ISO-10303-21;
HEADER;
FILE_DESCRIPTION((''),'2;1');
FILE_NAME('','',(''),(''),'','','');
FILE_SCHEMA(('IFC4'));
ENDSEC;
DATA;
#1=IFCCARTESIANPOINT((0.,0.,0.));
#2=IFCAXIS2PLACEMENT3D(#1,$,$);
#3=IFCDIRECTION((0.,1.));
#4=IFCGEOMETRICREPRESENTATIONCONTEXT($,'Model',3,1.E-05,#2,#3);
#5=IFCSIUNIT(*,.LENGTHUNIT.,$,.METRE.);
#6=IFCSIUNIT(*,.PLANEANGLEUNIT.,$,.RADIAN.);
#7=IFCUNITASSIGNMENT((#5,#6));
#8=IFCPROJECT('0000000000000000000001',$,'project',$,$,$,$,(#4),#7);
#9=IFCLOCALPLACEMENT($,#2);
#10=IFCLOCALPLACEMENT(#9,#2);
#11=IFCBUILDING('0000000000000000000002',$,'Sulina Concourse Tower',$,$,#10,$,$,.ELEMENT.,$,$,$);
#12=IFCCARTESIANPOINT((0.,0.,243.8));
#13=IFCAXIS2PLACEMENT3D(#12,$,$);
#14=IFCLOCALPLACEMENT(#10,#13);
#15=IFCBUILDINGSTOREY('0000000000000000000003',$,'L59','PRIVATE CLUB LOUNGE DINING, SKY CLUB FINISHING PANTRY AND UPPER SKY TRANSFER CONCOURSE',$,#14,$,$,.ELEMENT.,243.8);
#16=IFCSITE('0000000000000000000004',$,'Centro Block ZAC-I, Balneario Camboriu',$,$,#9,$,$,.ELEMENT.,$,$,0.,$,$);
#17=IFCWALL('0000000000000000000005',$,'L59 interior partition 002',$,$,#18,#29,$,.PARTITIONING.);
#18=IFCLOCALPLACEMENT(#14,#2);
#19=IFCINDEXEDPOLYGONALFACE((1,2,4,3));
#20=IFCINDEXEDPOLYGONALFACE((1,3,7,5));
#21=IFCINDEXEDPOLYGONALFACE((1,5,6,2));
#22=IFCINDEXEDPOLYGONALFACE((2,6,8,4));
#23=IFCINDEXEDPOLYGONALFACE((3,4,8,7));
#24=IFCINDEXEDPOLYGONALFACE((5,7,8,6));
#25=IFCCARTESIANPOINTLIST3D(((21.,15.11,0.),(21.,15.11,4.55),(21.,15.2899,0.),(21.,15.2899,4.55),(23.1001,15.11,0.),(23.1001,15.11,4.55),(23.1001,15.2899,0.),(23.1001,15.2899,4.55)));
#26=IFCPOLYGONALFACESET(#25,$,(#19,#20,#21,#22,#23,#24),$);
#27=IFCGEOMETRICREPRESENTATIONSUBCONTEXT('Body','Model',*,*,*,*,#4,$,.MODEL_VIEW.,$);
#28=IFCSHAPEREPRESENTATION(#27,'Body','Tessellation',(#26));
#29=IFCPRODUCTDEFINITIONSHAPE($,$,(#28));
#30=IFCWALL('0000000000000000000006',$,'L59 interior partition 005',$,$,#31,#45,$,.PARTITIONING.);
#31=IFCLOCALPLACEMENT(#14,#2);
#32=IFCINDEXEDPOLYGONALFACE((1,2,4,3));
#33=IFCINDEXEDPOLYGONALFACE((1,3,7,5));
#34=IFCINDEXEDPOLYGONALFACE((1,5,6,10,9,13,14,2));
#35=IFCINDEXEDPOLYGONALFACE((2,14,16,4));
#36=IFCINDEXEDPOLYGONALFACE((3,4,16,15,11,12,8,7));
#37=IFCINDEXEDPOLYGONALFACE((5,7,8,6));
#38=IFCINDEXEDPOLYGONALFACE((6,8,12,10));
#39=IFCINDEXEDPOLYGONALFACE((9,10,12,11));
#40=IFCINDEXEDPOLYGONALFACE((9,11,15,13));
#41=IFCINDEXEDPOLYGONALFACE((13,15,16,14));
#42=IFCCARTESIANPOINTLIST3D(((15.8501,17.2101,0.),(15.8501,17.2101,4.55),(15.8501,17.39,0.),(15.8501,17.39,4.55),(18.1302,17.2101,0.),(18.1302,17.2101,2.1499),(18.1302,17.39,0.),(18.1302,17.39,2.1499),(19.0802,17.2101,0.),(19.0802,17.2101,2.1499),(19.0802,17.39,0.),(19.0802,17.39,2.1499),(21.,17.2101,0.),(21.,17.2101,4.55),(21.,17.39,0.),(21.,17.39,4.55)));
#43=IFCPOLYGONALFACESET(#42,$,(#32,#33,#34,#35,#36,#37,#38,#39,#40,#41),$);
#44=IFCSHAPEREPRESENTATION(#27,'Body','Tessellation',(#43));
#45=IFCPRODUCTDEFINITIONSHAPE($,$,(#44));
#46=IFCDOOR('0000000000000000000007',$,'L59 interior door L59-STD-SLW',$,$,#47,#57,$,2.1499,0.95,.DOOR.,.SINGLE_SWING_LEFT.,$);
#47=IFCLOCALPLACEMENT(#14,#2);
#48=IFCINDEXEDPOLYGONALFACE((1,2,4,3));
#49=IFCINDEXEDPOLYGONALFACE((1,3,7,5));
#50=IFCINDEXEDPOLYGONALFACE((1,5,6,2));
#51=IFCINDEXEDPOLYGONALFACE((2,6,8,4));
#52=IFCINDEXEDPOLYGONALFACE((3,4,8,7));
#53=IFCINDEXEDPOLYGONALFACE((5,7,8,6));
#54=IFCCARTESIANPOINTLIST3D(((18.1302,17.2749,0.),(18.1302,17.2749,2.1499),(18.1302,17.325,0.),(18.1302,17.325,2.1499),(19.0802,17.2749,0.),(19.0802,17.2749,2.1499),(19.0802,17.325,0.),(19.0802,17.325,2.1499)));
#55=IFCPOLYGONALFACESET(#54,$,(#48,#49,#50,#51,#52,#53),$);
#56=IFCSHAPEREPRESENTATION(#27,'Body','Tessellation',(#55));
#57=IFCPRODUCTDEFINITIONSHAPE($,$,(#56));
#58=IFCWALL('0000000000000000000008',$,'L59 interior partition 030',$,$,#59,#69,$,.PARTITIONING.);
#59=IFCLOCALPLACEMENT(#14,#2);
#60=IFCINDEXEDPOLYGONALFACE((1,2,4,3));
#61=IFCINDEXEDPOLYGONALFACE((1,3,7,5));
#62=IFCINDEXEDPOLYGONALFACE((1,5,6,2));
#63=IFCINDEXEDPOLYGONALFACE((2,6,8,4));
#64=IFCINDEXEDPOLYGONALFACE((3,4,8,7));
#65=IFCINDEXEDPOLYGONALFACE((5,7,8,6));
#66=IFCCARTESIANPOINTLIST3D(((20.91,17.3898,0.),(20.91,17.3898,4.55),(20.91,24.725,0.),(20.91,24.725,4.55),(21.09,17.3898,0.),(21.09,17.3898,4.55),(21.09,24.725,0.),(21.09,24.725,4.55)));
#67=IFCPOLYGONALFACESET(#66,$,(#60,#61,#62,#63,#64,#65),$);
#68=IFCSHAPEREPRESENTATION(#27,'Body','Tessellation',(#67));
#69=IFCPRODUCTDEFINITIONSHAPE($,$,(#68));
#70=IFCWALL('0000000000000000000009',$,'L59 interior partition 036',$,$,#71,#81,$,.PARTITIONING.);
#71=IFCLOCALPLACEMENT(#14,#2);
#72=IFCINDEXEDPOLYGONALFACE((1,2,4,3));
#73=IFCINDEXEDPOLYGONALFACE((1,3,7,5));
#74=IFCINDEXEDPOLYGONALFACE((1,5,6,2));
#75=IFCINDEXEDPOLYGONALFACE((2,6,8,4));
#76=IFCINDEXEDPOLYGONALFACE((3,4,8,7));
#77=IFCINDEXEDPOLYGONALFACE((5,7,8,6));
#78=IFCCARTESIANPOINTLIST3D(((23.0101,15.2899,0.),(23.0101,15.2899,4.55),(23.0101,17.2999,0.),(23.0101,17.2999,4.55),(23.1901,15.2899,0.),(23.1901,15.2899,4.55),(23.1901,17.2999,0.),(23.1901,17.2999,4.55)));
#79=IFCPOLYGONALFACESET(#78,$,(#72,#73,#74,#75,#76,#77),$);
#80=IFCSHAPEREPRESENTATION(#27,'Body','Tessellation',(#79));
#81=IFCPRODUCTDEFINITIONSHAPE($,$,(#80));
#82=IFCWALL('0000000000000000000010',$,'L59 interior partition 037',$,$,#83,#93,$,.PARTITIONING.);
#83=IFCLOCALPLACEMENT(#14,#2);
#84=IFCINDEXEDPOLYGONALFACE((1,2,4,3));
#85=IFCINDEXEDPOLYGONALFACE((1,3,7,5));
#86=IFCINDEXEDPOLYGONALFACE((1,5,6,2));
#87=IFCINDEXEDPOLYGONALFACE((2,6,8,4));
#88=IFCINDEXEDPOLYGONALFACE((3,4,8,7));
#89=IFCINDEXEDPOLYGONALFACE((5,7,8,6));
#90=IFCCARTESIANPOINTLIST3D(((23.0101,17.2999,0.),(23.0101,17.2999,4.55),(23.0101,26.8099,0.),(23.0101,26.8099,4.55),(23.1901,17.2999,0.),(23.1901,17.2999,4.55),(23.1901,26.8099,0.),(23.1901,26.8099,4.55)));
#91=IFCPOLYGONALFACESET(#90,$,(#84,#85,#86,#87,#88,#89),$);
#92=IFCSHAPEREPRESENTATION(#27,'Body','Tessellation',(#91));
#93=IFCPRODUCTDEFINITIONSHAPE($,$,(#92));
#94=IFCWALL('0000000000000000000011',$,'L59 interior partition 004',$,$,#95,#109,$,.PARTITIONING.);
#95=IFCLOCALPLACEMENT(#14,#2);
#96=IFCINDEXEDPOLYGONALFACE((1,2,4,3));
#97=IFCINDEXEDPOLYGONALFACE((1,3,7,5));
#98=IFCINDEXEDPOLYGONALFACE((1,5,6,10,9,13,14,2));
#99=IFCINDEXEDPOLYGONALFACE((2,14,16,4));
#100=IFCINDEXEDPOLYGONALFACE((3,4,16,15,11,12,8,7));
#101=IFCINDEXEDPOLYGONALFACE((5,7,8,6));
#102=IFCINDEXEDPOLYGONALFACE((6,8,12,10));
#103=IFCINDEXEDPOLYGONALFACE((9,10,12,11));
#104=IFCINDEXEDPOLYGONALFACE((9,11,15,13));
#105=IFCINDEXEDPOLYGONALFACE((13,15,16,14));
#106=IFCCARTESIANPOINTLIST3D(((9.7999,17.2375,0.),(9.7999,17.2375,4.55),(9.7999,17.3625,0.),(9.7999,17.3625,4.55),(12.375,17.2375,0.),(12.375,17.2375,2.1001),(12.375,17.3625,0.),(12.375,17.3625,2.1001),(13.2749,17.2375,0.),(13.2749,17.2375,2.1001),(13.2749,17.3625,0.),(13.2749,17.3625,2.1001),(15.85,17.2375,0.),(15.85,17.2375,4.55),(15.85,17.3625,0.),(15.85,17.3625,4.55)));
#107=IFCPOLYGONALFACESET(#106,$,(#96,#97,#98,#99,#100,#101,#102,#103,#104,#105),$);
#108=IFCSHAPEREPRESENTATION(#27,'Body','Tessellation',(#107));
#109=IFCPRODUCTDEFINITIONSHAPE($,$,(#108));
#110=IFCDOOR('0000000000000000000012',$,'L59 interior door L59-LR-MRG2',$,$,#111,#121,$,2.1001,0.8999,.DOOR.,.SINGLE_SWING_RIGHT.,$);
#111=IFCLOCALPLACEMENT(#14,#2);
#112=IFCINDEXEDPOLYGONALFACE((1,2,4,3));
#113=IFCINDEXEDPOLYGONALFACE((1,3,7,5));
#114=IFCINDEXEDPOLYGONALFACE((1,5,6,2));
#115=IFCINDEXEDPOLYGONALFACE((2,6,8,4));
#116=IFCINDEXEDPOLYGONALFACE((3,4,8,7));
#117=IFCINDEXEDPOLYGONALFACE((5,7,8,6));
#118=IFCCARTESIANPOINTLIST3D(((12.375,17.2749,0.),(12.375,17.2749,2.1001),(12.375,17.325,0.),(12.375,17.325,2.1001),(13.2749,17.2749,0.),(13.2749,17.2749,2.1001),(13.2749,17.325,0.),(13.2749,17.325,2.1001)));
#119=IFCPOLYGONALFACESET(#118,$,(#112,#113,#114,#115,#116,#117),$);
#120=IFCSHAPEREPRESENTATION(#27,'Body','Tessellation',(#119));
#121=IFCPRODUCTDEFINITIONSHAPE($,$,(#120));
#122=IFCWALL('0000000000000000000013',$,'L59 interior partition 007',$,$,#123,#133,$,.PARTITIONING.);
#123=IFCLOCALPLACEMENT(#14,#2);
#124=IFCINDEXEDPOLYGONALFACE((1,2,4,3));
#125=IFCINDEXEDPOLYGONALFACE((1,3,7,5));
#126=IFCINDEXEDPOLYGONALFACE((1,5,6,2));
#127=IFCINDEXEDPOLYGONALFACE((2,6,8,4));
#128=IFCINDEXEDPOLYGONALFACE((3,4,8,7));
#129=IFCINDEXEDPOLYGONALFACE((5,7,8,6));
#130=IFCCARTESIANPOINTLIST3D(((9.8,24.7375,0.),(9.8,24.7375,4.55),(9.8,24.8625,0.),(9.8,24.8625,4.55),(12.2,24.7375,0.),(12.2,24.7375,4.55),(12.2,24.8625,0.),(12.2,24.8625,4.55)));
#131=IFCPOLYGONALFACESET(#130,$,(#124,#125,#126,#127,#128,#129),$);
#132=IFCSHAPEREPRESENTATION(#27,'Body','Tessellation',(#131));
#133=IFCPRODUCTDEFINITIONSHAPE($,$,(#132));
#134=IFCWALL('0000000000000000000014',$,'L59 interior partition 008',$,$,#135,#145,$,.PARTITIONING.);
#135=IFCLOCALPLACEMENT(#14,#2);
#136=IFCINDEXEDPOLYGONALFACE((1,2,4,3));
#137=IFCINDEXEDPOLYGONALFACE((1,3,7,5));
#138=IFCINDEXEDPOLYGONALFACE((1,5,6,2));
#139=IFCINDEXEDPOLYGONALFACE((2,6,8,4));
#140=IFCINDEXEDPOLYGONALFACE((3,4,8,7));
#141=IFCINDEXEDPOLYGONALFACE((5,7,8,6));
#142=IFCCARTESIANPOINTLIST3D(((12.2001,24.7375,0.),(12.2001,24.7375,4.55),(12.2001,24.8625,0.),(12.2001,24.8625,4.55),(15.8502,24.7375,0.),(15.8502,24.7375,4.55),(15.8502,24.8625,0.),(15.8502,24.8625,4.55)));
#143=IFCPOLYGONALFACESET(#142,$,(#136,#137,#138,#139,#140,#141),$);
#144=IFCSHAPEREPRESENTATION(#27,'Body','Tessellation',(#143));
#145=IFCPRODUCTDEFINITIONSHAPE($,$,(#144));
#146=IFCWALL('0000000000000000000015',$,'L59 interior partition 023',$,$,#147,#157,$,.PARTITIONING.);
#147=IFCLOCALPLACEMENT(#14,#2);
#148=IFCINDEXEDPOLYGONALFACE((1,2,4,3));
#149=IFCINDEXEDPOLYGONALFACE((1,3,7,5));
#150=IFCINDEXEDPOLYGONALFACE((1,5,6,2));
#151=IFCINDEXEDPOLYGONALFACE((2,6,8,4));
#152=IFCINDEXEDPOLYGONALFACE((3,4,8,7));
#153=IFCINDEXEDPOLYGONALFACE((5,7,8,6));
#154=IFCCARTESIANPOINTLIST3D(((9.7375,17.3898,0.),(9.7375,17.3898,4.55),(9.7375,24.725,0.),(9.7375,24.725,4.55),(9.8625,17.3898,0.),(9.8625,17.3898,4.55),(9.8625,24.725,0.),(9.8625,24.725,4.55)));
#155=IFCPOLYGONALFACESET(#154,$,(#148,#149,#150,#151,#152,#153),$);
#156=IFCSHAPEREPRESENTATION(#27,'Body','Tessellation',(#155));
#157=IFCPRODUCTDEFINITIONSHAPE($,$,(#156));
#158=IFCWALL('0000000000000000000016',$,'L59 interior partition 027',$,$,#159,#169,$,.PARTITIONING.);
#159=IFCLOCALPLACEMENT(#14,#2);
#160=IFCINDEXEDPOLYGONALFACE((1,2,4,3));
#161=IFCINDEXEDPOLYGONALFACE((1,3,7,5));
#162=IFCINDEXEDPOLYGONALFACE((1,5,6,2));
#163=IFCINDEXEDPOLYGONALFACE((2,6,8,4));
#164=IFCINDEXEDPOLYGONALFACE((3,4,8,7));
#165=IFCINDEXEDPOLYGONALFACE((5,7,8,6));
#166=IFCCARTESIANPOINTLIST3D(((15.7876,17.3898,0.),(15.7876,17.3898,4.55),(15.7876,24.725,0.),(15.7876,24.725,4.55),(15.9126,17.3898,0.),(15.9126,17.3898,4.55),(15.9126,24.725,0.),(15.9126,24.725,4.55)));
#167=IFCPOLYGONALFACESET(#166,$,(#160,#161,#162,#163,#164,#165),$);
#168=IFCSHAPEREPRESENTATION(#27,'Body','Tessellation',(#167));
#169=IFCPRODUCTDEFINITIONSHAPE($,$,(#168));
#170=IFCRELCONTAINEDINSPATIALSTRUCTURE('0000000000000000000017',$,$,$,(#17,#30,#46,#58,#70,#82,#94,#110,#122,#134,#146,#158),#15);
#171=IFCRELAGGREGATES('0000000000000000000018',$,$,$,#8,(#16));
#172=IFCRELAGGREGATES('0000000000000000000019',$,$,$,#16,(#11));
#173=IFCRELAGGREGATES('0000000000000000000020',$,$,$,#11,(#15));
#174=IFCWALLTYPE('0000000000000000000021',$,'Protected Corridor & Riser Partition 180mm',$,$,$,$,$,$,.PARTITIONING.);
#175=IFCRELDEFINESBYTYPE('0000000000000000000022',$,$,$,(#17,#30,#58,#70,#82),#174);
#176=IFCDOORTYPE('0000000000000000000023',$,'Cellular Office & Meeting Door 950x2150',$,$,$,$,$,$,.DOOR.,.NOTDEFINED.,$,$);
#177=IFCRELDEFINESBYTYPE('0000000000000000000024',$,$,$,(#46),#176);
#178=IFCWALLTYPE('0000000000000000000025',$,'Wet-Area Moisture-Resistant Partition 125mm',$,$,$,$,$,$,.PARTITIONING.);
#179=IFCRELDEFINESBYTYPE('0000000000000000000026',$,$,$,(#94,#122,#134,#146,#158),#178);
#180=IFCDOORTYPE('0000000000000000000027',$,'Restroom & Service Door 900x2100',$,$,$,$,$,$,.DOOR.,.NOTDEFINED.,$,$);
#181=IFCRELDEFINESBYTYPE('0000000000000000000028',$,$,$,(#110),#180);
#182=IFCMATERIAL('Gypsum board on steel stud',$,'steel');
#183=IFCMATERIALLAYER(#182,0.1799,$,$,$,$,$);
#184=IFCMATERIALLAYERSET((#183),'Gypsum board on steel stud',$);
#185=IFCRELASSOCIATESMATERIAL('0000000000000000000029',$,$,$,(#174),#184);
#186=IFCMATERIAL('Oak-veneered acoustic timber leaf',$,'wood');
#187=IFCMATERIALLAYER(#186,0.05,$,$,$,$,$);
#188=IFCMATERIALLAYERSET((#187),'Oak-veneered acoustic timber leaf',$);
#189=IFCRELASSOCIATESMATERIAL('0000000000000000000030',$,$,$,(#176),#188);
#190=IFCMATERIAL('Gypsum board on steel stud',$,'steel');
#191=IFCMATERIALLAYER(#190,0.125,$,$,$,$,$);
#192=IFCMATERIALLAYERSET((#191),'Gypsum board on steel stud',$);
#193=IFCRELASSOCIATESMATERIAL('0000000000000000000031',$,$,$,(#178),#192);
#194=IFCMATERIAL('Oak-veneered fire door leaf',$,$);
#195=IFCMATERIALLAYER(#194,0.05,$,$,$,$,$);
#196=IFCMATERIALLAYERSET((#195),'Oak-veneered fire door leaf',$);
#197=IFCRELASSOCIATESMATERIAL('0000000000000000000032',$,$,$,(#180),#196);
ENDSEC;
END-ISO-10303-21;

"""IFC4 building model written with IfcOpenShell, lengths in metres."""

from ifc_helpers import new_model, si_unit, direction, frame, frame_2d, origin, place, context, subcontext, project, spatial, rectangle, extrude, material, layer, layer_set, type_object, element, fill, save


model = new_model("IFC4")

# Units and contexts
model_context = context("Model", 3, precision=1e-05, world=origin(), true_north=direction((0.0, 1.0)))
body_context = subcontext(model_context, "Body", "Model", "MODEL_VIEW")
ifc_project = project(units=[si_unit("LENGTHUNIT", "METRE"), si_unit("PLANEANGLEUNIT", "RADIAN")], contexts=[model_context])

# Site, building, storey
site_placement = place(None, origin())
site = spatial("IfcSite", under=ifc_project, at=site_placement, Name="Centro Block ZAC-I, Balneario Camboriu", CompositionType="ELEMENT", RefElevation=0.0)
building_placement = place(site_placement, origin())
building = spatial("IfcBuilding", under=site, at=building_placement, Name="Sulina Concourse Tower", CompositionType="ELEMENT")
storey_placement = place(building_placement, frame((0.0, 0.0, 243.8)))
storey = spatial("IfcBuildingStorey", under=building, at=storey_placement, Name="L59", Description="PRIVATE CLUB LOUNGE DINING, SKY CLUB FINISHING PANTRY AND UPPER SKY TRANSFER CONCOURSE", CompositionType="ELEMENT", Elevation=243.8)

# Wall
ifc_material_1 = material(Name="Gypsum board on steel stud", Category="steel")
ifc_layer_1 = layer(ifc_material_1, 0.1799)
ifc_layer_set_1 = layer_set([ifc_layer_1], Name="Gypsum board on steel stud")
wall_type_1 = type_object("IfcWallType", Name="Protected Corridor & Riser Partition 180mm", PredefinedType="PARTITIONING", material=ifc_layer_set_1)
wall_1_placement = place(storey_placement, frame((21.0, 15.2, 0.0), z_axis=(0.0, 0.0, 1.0), x_axis=(1.0, 0.0, 0.0)))
element("IfcWall", 1, at=wall_1_placement, inside=storey, type_object=wall_type_1, Name="L59 interior partition 002", PredefinedType="PARTITIONING", context=body_context, shape_type="SweptSolid", body=[
    extrude(rectangle(XDim=2.1001, YDim=0.1799, at=frame_2d((1.05, 0.0))), origin(), (0.0, 0.0, 1.0), 4.55),
])

# Wall, opening, door
wall_2_placement = place(storey_placement, frame((15.8501, 17.3, 0.0), z_axis=(0.0, 0.0, 1.0), x_axis=(1.0, 0.0, 0.0)))
wall_2 = element("IfcWall", 2, at=wall_2_placement, inside=storey, type_object=wall_type_1, Name="L59 interior partition 005", PredefinedType="PARTITIONING", context=body_context, shape_type="SweptSolid", body=[
    extrude(rectangle(XDim=5.1499, YDim=0.1799, at=frame_2d((2.575, 0.0))), origin(), (0.0, 0.0, 1.0), 4.55),
])
opening_1_placement = place(wall_2_placement, frame((2.28, 0.0, 0.0)))
opening_1 = element("IfcOpeningElement", 3, at=opening_1_placement, cuts=wall_2, PredefinedType="OPENING", context=body_context, shape_type="SweptSolid", body=[
    extrude(rectangle(XDim=0.95, YDim=2.1499, at=frame_2d((0.4751, 1.075))), frame((0.0, 0.0999, 0.0), z_axis=(0.0, -1.0, 0.0), x_axis=(1.0, 0.0, 0.0)), (0.0, 0.0, 1.0), 0.2),
])
ifc_material_2 = material(Name="Oak-veneered acoustic timber leaf", Category="wood")
ifc_layer_2 = layer(ifc_material_2, 0.05)
ifc_layer_set_2 = layer_set([ifc_layer_2], Name="Oak-veneered acoustic timber leaf")
door_type_1 = type_object("IfcDoorType", Name="Cellular Office & Meeting Door 950x2150", OperationType="NOTDEFINED", PredefinedType="DOOR", material=ifc_layer_set_2)
door_1_placement = place(opening_1_placement, origin())
door_1 = element("IfcDoor", 4, at=door_1_placement, inside=storey, type_object=door_type_1, Name="L59 interior door L59-STD-SLW", OperationType="SINGLE_SWING_LEFT", OverallHeight=2.1499, OverallWidth=0.95, PredefinedType="DOOR", context=body_context, shape_type="SweptSolid", body=[
    extrude(rectangle(XDim=0.95, YDim=2.1499, at=frame_2d((0.4751, 1.075))), frame((0.0, 0.0249, 0.0), z_axis=(0.0, -1.0, 0.0), x_axis=(1.0, 0.0, 0.0)), (0.0, 0.0, 1.0), 0.05),
])
fill(opening_1, door_1)

# Walls
wall_3_placement = place(storey_placement, frame((21.0, 17.3899, 0.0), z_axis=(0.0, 0.0, 1.0), x_axis=(0.0, 1.0, 0.0)))
element("IfcWall", 5, at=wall_3_placement, inside=storey, type_object=wall_type_1, Name="L59 interior partition 030", PredefinedType="PARTITIONING", context=body_context, shape_type="SweptSolid", body=[
    extrude(rectangle(XDim=7.3352, YDim=0.1799, at=frame_2d((3.6675, 0.0))), origin(), (0.0, 0.0, 1.0), 4.55),
])
wall_4_placement = place(storey_placement, frame((23.1001, 15.29, 0.0), z_axis=(0.0, 0.0, 1.0), x_axis=(0.0, 1.0, 0.0)))
element("IfcWall", 6, at=wall_4_placement, inside=storey, type_object=wall_type_1, Name="L59 interior partition 036", PredefinedType="PARTITIONING", context=body_context, shape_type="SweptSolid", body=[
    extrude(rectangle(XDim=2.01, YDim=0.1799, at=frame_2d((1.0049, 0.0))), origin(), (0.0, 0.0, 1.0), 4.55),
])
wall_5_placement = place(storey_placement, frame((23.1001, 17.3, 0.0), z_axis=(0.0, 0.0, 1.0), x_axis=(0.0, 1.0, 0.0)))
element("IfcWall", 7, at=wall_5_placement, inside=storey, type_object=wall_type_1, Name="L59 interior partition 037", PredefinedType="PARTITIONING", context=body_context, shape_type="SweptSolid", body=[
    extrude(rectangle(XDim=9.51, YDim=0.1799, at=frame_2d((4.7549, 0.0))), origin(), (0.0, 0.0, 1.0), 4.55),
])

# Wall, opening, door
ifc_material_3 = material(Name="Gypsum board on steel stud", Category="steel")
ifc_layer_3 = layer(ifc_material_3, 0.125)
ifc_layer_set_3 = layer_set([ifc_layer_3], Name="Gypsum board on steel stud")
wall_type_2 = type_object("IfcWallType", Name="Wet-Area Moisture-Resistant Partition 125mm", PredefinedType="PARTITIONING", material=ifc_layer_set_3)
wall_6_placement = place(storey_placement, frame((9.8, 17.3, 0.0), z_axis=(0.0, 0.0, 1.0), x_axis=(1.0, 0.0, 0.0)))
wall_6 = element("IfcWall", 8, at=wall_6_placement, inside=storey, type_object=wall_type_2, Name="L59 interior partition 004", PredefinedType="PARTITIONING", context=body_context, shape_type="SweptSolid", body=[
    extrude(rectangle(XDim=6.05, YDim=0.125, at=frame_2d((3.0249, 0.0))), origin(), (0.0, 0.0, 1.0), 4.55),
])
opening_2_placement = place(wall_6_placement, frame((2.575, 0.0, 0.0)))
opening_2 = element("IfcOpeningElement", 9, at=opening_2_placement, cuts=wall_6, PredefinedType="OPENING", context=body_context, shape_type="SweptSolid", body=[
    extrude(rectangle(XDim=0.8999, YDim=2.1001, at=frame_2d((0.45, 1.05))), frame((0.0, 0.0725, 0.0), z_axis=(0.0, -1.0, 0.0), x_axis=(1.0, 0.0, 0.0)), (0.0, 0.0, 1.0), 0.145),
])
ifc_material_4 = material(Name="Oak-veneered fire door leaf")
ifc_layer_4 = layer(ifc_material_4, 0.05)
ifc_layer_set_4 = layer_set([ifc_layer_4], Name="Oak-veneered fire door leaf")
door_type_2 = type_object("IfcDoorType", Name="Restroom & Service Door 900x2100", OperationType="NOTDEFINED", PredefinedType="DOOR", material=ifc_layer_set_4)
door_2_placement = place(opening_2_placement, origin())
door_2 = element("IfcDoor", 10, at=door_2_placement, inside=storey, type_object=door_type_2, Name="L59 interior door L59-LR-MRG2", OperationType="SINGLE_SWING_RIGHT", OverallHeight=2.1001, OverallWidth=0.8999, PredefinedType="DOOR", context=body_context, shape_type="SweptSolid", body=[
    extrude(rectangle(XDim=0.8999, YDim=2.1001, at=frame_2d((0.45, 1.05))), frame((0.0, 0.0249, 0.0), z_axis=(0.0, -1.0, 0.0), x_axis=(1.0, 0.0, 0.0)), (0.0, 0.0, 1.0), 0.05),
])
fill(opening_2, door_2)

# Walls
wall_7_placement = place(storey_placement, frame((9.8, 24.8, 0.0), z_axis=(0.0, 0.0, 1.0), x_axis=(1.0, 0.0, 0.0)))
element("IfcWall", 11, at=wall_7_placement, inside=storey, type_object=wall_type_2, Name="L59 interior partition 007", PredefinedType="PARTITIONING", context=body_context, shape_type="SweptSolid", body=[
    extrude(rectangle(XDim=2.3999, YDim=0.125, at=frame_2d((1.2, 0.0))), origin(), (0.0, 0.0, 1.0), 4.55),
])
wall_8_placement = place(storey_placement, frame((12.2, 24.8, 0.0), z_axis=(0.0, 0.0, 1.0), x_axis=(1.0, 0.0, 0.0)))
element("IfcWall", 12, at=wall_8_placement, inside=storey, type_object=wall_type_2, Name="L59 interior partition 008", PredefinedType="PARTITIONING", context=body_context, shape_type="SweptSolid", body=[
    extrude(rectangle(XDim=3.6501, YDim=0.125, at=frame_2d((1.8252, 0.0))), origin(), (0.0, 0.0, 1.0), 4.55),
])
for number, where, z_axis, x_axis, name in (
    (13, (9.8, 17.3899, 0.0), (0.0, 0.0, 1.0), (0.0, 1.0, 0.0), "L59 interior partition 023"),
    (14, (15.8501, 17.3899, 0.0), (0.0, 0.0, 1.0), (0.0, 1.0, 0.0), "L59 interior partition 027"),
):
    element("IfcWall", number, at=place(storey_placement, frame(where, z_axis=z_axis, x_axis=x_axis)), inside=storey, type_object=wall_type_2, Name=name, PredefinedType="PARTITIONING", context=body_context, shape_type="SweptSolid", body=[
        extrude(rectangle(XDim=7.3352, YDim=0.125, at=frame_2d((3.6675, 0.0))), origin(), (0.0, 0.0, 1.0), 4.55),
    ])

save(model, "model.ifc")
